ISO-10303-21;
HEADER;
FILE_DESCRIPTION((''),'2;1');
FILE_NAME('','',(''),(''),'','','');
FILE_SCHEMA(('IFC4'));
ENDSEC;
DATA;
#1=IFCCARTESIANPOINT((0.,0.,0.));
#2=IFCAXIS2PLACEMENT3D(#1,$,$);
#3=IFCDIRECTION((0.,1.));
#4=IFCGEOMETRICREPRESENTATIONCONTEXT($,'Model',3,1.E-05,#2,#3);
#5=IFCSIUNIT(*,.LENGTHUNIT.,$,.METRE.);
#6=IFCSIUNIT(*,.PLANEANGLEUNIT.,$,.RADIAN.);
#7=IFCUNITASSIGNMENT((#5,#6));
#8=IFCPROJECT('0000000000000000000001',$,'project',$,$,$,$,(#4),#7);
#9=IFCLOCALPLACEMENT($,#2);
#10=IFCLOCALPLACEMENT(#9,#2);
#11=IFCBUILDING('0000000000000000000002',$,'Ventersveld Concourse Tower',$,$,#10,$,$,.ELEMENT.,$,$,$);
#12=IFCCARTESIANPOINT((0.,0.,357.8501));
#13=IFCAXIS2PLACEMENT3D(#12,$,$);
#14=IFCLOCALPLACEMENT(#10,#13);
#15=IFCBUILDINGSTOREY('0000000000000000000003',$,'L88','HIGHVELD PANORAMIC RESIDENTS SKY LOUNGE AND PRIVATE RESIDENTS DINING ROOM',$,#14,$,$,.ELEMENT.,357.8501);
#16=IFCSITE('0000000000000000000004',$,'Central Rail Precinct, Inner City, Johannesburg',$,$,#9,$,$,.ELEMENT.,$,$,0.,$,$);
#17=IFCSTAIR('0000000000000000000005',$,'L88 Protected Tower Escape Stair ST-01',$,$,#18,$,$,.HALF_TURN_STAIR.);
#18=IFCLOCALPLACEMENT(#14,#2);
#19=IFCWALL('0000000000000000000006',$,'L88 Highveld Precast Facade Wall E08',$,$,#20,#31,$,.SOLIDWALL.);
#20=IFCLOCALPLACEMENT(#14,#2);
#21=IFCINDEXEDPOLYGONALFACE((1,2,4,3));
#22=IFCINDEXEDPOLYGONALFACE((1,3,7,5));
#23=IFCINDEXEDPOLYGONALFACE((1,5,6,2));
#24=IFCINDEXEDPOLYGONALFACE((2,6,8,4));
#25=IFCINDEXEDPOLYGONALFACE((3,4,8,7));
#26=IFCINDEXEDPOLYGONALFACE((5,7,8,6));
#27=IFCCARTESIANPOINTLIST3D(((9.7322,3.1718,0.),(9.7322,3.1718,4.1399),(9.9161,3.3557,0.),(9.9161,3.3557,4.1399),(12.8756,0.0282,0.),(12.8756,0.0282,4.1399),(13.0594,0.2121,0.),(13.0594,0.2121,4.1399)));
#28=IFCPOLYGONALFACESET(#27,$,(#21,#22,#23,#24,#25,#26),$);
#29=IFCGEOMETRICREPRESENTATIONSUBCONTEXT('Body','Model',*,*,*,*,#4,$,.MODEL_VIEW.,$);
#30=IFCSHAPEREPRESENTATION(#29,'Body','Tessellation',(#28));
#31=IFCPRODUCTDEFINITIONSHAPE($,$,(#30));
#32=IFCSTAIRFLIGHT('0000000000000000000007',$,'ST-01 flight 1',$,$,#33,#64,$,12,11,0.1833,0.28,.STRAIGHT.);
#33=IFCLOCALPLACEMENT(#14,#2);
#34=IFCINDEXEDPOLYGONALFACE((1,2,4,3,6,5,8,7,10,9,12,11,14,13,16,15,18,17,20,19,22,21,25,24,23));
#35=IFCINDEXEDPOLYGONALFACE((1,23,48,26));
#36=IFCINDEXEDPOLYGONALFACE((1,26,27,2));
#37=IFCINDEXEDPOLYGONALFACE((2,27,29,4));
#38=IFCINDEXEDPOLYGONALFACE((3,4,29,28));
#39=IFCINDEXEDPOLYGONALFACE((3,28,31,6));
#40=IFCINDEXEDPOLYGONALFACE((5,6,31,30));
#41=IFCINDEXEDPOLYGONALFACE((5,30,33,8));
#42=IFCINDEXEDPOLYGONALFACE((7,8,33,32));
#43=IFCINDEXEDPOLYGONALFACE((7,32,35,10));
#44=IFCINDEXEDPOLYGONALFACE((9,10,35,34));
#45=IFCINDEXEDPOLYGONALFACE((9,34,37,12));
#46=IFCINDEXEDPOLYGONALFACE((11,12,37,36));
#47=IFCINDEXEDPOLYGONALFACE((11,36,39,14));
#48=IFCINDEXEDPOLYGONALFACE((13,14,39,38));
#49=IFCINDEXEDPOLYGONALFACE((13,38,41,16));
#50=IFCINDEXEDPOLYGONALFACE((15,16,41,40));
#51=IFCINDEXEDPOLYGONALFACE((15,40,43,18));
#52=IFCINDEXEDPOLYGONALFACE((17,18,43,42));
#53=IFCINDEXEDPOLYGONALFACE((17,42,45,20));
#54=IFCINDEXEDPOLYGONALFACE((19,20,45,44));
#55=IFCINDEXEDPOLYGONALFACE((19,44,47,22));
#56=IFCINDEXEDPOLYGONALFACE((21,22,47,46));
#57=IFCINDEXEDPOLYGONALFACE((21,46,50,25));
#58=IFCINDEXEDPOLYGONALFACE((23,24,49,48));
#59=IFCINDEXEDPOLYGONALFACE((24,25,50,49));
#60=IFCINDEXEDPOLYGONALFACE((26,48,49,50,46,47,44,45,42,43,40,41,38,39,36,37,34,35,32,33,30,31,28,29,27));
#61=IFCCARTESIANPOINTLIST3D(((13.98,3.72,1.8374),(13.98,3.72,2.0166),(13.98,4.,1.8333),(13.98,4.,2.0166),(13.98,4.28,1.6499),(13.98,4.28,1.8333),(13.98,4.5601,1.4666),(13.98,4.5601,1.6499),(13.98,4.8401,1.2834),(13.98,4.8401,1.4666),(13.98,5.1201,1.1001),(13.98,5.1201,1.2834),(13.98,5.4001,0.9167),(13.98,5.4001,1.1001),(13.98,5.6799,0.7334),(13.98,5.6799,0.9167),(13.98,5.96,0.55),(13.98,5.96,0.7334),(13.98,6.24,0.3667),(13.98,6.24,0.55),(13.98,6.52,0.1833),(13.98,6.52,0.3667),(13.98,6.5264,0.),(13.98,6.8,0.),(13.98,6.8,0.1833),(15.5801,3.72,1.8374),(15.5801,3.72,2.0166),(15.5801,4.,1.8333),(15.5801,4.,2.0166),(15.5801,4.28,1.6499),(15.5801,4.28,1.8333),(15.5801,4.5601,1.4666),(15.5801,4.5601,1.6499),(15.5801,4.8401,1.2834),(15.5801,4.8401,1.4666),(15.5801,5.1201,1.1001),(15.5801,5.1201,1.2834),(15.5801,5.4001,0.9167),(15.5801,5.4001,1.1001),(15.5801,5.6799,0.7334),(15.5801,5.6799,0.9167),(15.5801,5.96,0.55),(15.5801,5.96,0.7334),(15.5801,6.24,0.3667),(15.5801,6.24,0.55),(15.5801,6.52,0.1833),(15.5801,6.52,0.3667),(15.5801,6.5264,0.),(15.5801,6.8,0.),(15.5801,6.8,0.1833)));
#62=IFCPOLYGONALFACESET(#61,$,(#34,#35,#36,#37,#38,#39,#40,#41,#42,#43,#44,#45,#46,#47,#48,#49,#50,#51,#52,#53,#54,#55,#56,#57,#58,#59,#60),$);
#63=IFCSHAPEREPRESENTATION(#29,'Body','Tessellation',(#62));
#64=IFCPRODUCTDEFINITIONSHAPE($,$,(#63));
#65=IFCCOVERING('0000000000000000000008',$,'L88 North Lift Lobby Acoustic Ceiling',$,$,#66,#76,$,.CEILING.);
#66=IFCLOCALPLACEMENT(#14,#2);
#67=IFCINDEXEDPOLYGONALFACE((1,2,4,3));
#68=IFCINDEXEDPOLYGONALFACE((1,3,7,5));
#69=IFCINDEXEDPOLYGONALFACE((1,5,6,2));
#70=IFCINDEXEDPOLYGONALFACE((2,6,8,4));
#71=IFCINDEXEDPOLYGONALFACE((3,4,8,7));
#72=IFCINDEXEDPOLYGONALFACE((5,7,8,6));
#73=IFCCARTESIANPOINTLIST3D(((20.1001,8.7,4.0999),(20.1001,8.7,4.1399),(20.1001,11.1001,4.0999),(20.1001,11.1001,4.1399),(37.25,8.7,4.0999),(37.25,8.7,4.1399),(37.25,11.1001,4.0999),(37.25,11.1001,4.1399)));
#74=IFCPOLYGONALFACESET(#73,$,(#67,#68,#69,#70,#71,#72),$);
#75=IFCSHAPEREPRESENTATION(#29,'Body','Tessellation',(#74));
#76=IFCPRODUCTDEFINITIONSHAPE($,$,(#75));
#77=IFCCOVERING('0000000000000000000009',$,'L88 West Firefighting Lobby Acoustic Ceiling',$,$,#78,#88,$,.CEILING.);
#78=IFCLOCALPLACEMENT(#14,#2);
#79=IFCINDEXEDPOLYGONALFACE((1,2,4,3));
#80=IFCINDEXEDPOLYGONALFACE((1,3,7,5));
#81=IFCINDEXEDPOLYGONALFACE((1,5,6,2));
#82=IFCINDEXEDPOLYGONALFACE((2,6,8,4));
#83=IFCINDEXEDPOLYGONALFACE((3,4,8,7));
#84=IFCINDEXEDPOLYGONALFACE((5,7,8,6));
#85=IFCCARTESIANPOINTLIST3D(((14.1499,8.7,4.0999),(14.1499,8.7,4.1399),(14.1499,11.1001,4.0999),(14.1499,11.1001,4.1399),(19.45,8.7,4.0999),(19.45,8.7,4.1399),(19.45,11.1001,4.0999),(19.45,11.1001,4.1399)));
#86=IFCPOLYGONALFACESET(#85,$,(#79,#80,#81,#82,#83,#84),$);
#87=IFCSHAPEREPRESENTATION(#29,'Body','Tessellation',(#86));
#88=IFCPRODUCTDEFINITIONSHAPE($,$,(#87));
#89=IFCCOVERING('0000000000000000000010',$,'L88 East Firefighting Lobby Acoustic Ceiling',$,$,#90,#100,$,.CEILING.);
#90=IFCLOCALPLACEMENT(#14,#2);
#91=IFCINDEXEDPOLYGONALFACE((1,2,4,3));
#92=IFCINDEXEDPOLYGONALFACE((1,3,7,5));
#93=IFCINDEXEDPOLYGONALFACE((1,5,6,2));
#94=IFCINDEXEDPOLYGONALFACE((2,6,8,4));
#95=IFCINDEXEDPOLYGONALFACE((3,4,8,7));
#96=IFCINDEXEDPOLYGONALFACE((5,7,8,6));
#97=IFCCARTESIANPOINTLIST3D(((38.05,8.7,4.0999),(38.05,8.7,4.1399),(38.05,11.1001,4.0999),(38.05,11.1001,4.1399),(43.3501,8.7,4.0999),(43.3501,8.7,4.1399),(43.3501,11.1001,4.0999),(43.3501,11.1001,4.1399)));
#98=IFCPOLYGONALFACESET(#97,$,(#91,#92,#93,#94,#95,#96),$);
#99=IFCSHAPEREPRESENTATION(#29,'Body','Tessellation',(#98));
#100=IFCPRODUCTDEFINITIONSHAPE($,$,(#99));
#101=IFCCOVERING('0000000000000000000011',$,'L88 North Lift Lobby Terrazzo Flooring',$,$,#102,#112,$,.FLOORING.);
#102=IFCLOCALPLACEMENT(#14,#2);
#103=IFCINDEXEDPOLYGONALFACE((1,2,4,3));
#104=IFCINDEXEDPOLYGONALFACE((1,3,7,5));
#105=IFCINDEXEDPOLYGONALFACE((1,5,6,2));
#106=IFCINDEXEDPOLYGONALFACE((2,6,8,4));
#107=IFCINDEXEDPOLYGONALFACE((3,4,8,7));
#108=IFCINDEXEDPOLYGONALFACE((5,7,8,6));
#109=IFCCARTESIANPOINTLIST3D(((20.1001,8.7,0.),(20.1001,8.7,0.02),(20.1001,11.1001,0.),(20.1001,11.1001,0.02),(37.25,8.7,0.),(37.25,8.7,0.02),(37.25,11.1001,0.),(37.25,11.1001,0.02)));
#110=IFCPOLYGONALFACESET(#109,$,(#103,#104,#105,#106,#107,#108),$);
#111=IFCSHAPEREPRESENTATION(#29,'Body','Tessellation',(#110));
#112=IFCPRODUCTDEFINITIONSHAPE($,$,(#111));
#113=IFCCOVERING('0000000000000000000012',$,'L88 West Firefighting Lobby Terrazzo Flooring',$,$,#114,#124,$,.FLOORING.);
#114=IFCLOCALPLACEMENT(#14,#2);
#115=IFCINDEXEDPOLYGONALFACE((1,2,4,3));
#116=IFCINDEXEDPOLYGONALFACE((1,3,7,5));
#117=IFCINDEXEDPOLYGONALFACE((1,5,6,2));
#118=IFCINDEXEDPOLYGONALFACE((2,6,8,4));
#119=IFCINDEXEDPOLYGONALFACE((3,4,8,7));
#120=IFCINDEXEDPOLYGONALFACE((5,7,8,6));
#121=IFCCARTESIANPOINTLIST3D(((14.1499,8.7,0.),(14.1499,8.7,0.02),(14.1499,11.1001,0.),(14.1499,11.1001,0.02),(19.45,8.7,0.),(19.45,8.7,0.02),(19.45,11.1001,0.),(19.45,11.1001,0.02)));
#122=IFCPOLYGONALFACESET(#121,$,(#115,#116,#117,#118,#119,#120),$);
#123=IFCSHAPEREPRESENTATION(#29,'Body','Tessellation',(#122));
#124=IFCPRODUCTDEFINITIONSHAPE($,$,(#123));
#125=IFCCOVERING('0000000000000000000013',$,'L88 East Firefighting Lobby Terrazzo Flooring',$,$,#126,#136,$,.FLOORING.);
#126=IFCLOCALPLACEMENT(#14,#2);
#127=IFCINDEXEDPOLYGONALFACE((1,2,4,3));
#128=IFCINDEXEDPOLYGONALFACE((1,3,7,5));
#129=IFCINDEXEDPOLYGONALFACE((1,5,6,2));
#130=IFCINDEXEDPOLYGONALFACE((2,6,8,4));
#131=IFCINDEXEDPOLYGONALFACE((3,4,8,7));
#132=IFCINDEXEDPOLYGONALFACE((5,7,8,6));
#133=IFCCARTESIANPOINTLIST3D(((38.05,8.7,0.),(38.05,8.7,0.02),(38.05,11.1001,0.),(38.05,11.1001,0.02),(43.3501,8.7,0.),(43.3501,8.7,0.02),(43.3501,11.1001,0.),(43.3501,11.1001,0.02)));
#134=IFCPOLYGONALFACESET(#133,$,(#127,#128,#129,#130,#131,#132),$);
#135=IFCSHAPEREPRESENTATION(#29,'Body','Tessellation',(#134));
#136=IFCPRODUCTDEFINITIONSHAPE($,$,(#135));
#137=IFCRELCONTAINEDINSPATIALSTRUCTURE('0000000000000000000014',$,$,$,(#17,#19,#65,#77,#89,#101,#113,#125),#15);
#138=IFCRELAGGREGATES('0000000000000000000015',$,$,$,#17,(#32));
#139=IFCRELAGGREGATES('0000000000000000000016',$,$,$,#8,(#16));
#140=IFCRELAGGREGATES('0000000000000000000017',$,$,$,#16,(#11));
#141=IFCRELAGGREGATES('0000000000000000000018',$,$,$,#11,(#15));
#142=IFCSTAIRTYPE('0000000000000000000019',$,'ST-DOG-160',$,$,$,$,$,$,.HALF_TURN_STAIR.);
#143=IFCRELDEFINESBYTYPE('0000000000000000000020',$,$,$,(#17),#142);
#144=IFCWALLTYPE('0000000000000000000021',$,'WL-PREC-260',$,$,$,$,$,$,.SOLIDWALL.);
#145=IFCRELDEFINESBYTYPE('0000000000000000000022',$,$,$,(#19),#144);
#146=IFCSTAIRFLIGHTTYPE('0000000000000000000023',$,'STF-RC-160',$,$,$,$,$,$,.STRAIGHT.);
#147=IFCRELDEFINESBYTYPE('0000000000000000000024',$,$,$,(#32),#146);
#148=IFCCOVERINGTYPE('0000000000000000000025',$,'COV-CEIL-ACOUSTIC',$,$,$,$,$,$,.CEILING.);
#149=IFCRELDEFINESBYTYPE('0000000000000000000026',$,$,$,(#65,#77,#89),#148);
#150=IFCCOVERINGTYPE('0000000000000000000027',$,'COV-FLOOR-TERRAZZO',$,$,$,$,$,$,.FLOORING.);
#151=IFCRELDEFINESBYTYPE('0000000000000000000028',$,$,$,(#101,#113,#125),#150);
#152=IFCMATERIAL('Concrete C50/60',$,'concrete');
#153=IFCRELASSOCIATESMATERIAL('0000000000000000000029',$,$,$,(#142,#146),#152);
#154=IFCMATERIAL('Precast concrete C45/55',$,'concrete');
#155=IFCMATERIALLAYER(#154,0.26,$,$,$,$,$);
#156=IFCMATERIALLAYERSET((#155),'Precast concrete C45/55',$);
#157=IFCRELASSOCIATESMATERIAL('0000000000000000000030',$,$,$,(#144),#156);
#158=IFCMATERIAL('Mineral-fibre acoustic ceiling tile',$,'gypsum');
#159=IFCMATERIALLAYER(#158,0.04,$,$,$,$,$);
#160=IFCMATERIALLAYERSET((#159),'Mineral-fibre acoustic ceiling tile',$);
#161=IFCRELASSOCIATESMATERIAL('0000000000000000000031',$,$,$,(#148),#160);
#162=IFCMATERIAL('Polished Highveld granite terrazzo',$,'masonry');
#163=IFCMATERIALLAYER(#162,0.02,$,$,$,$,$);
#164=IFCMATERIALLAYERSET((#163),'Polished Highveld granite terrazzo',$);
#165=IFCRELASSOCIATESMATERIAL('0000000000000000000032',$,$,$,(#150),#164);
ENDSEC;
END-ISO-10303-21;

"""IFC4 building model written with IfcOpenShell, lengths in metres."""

from ifc_helpers import new_model, si_unit, direction, frame, frame_2d, origin, place, context, subcontext, project, spatial, polyline, rectangle, outline, extrude, material, layer, layer_set, type_object, element, aggregate, save


model = new_model("IFC4")

# Units and contexts
model_context = context("Model", 3, precision=1e-05, world=origin(), true_north=direction((0.0, 1.0)))
body_context = subcontext(model_context, "Body", "Model", "MODEL_VIEW")
ifc_project = project(units=[si_unit("LENGTHUNIT", "METRE"), si_unit("PLANEANGLEUNIT", "RADIAN")], contexts=[model_context])

# Site, building, storey
site_placement = place(None, origin())
site = spatial("IfcSite", under=ifc_project, at=site_placement, Name="Central Rail Precinct, Inner City, Johannesburg", CompositionType="ELEMENT", RefElevation=0.0)
building_placement = place(site_placement, origin())
building = spatial("IfcBuilding", under=site, at=building_placement, Name="Ventersveld Concourse Tower", CompositionType="ELEMENT")
storey_placement = place(building_placement, frame((0.0, 0.0, 357.8501)))
storey = spatial("IfcBuildingStorey", under=building, at=storey_placement, Name="L88", Description="HIGHVELD PANORAMIC RESIDENTS SKY LOUNGE AND PRIVATE RESIDENTS DINING ROOM", CompositionType="ELEMENT", Elevation=357.8501)

# Shared definitions
ifc_material_1 = material(Name="Concrete C50/60", Category="concrete")

# Stair
stair_type_1 = type_object("IfcStairType", Name="ST-DOG-160", PredefinedType="HALF_TURN_STAIR", material=ifc_material_1)
stair_1_placement = place(storey_placement, origin())
stair_1 = element("IfcStair", 1, at=stair_1_placement, inside=storey, type_object=stair_type_1, Name="L88 Protected Tower Escape Stair ST-01", PredefinedType="HALF_TURN_STAIR")

# Wall
ifc_material_2 = material(Name="Precast concrete C45/55", Category="concrete")
ifc_layer_1 = layer(ifc_material_2, 0.26)
ifc_layer_set_1 = layer_set([ifc_layer_1], Name="Precast concrete C45/55")
wall_type_1 = type_object("IfcWallType", Name="WL-PREC-260", PredefinedType="SOLIDWALL", material=ifc_layer_set_1)
wall_1_placement = place(storey_placement, frame((9.8242, 3.2637, 0.0), z_axis=(0.0, 0.0, 1.0), x_axis=(0.707079, -0.707134, 0.0)))
element("IfcWall", 2, at=wall_1_placement, inside=storey, type_object=wall_type_1, Name="L88 Highveld Precast Facade Wall E08", PredefinedType="SOLIDWALL", context=body_context, shape_type="SweptSolid", body=[
    extrude(rectangle(XDim=4.4456, YDim=0.26, at=frame_2d((2.2227, 0.0))), origin(), (0.0, 0.0, 1.0), 4.1399),
])

# Stair flight
stair_flight_type = type_object("IfcStairFlightType", Name="STF-RC-160", PredefinedType="STRAIGHT", material=ifc_material_1)
stair_flight_placement = place(storey_placement, frame((14.78, 6.8, 0.0), z_axis=(0.0, 0.0, 1.0), x_axis=(0.0, -1.0, 0.0)))
stair_flight = element("IfcStairFlight", 3, at=stair_flight_placement, type_object=stair_flight_type, Name="ST-01 flight 1", NumberOfRisers=12, NumberOfTreads=11, PredefinedType="STRAIGHT", RiserHeight=0.1833, TreadLength=0.28, context=body_context, shape_type="SweptSolid", body=[
    extrude(outline(polyline([(0.0, 0.0), (0.0, 0.1833), (0.28, 0.1833), (0.28, 0.3667), (0.5601, 0.3667), (0.5601, 0.55), (0.8401, 0.55), (0.8401, 0.7334), (1.1201, 0.7334), (1.1201, 0.9167), (1.3999, 0.9167), (1.3999, 1.1001), (1.6799, 1.1001), (1.6799, 1.2834), (1.96, 1.2834), (1.96, 1.4666), (2.24, 1.4666), (2.24, 1.6499), (2.52, 1.6499), (2.52, 1.8333), (2.8, 1.8333), (2.8, 2.0166), (3.0801, 2.0166), (3.0801, 2.2), (3.0801, 1.8374), (0.2737, 0.0), (0.0, 0.0)])), frame((0.0, 0.8, 0.0), z_axis=(0.0, -1.0, 0.0), x_axis=(1.0, 0.0, 0.0)), (0.0, 0.0, 1.0), 1.6001),
])
aggregate(stair_1, [stair_flight])

# Coverings
ifc_material_3 = material(Name="Mineral-fibre acoustic ceiling tile", Category="gypsum")
ifc_layer_2 = layer(ifc_material_3, 0.04)
ifc_layer_set_2 = layer_set([ifc_layer_2], Name="Mineral-fibre acoustic ceiling tile")
covering_type_1 = type_object("IfcCoveringType", Name="COV-CEIL-ACOUSTIC", PredefinedType="CEILING", material=ifc_layer_set_2)
covering_1_placement = place(storey_placement, frame((0.0, 0.0, 4.0999)))
element("IfcCovering", 4, at=covering_1_placement, inside=storey, type_object=covering_type_1, Name="L88 North Lift Lobby Acoustic Ceiling", PredefinedType="CEILING", context=body_context, shape_type="SweptSolid", body=[
    extrude(outline(polyline([(20.1001, 8.7), (37.25, 8.7), (37.25, 11.1001), (20.1001, 11.1001), (20.1001, 8.7)])), origin(), (0.0, 0.0, 1.0), 0.04),
])
covering_2_placement = place(storey_placement, frame((0.0, 0.0, 4.0999)))
element("IfcCovering", 5, at=covering_2_placement, inside=storey, type_object=covering_type_1, Name="L88 West Firefighting Lobby Acoustic Ceiling", PredefinedType="CEILING", context=body_context, shape_type="SweptSolid", body=[
    extrude(outline(polyline([(14.1499, 8.7), (19.45, 8.7), (19.45, 11.1001), (14.1499, 11.1001), (14.1499, 8.7)])), origin(), (0.0, 0.0, 1.0), 0.04),
])
covering_3_placement = place(storey_placement, frame((0.0, 0.0, 4.0999)))
element("IfcCovering", 6, at=covering_3_placement, inside=storey, type_object=covering_type_1, Name="L88 East Firefighting Lobby Acoustic Ceiling", PredefinedType="CEILING", context=body_context, shape_type="SweptSolid", body=[
    extrude(outline(polyline([(38.05, 8.7), (43.3501, 8.7), (43.3501, 11.1001), (38.05, 11.1001), (38.05, 8.7)])), origin(), (0.0, 0.0, 1.0), 0.04),
])
ifc_material_4 = material(Name="Polished Highveld granite terrazzo", Category="masonry")
ifc_layer_3 = layer(ifc_material_4, 0.02)
ifc_layer_set_3 = layer_set([ifc_layer_3], Name="Polished Highveld granite terrazzo")
covering_type_2 = type_object("IfcCoveringType", Name="COV-FLOOR-TERRAZZO", PredefinedType="FLOORING", material=ifc_layer_set_3)
covering_4_placement = place(storey_placement, origin())
element("IfcCovering", 7, at=covering_4_placement, inside=storey, type_object=covering_type_2, Name="L88 North Lift Lobby Terrazzo Flooring", PredefinedType="FLOORING", context=body_context, shape_type="SweptSolid", body=[
    extrude(outline(polyline([(20.1001, 8.7), (37.25, 8.7), (37.25, 11.1001), (20.1001, 11.1001), (20.1001, 8.7)])), origin(), (0.0, 0.0, 1.0), 0.02),
])
covering_5_placement = place(storey_placement, origin())
element("IfcCovering", 8, at=covering_5_placement, inside=storey, type_object=covering_type_2, Name="L88 West Firefighting Lobby Terrazzo Flooring", PredefinedType="FLOORING", context=body_context, shape_type="SweptSolid", body=[
    extrude(outline(polyline([(14.1499, 8.7), (19.45, 8.7), (19.45, 11.1001), (14.1499, 11.1001), (14.1499, 8.7)])), origin(), (0.0, 0.0, 1.0), 0.02),
])
covering_6_placement = place(storey_placement, origin())
element("IfcCovering", 9, at=covering_6_placement, inside=storey, type_object=covering_type_2, Name="L88 East Firefighting Lobby Terrazzo Flooring", PredefinedType="FLOORING", context=body_context, shape_type="SweptSolid", body=[
    extrude(outline(polyline([(38.05, 8.7), (43.3501, 8.7), (43.3501, 11.1001), (38.05, 11.1001), (38.05, 8.7)])), origin(), (0.0, 0.0, 1.0), 0.02),
])

save(model, "model.ifc")
